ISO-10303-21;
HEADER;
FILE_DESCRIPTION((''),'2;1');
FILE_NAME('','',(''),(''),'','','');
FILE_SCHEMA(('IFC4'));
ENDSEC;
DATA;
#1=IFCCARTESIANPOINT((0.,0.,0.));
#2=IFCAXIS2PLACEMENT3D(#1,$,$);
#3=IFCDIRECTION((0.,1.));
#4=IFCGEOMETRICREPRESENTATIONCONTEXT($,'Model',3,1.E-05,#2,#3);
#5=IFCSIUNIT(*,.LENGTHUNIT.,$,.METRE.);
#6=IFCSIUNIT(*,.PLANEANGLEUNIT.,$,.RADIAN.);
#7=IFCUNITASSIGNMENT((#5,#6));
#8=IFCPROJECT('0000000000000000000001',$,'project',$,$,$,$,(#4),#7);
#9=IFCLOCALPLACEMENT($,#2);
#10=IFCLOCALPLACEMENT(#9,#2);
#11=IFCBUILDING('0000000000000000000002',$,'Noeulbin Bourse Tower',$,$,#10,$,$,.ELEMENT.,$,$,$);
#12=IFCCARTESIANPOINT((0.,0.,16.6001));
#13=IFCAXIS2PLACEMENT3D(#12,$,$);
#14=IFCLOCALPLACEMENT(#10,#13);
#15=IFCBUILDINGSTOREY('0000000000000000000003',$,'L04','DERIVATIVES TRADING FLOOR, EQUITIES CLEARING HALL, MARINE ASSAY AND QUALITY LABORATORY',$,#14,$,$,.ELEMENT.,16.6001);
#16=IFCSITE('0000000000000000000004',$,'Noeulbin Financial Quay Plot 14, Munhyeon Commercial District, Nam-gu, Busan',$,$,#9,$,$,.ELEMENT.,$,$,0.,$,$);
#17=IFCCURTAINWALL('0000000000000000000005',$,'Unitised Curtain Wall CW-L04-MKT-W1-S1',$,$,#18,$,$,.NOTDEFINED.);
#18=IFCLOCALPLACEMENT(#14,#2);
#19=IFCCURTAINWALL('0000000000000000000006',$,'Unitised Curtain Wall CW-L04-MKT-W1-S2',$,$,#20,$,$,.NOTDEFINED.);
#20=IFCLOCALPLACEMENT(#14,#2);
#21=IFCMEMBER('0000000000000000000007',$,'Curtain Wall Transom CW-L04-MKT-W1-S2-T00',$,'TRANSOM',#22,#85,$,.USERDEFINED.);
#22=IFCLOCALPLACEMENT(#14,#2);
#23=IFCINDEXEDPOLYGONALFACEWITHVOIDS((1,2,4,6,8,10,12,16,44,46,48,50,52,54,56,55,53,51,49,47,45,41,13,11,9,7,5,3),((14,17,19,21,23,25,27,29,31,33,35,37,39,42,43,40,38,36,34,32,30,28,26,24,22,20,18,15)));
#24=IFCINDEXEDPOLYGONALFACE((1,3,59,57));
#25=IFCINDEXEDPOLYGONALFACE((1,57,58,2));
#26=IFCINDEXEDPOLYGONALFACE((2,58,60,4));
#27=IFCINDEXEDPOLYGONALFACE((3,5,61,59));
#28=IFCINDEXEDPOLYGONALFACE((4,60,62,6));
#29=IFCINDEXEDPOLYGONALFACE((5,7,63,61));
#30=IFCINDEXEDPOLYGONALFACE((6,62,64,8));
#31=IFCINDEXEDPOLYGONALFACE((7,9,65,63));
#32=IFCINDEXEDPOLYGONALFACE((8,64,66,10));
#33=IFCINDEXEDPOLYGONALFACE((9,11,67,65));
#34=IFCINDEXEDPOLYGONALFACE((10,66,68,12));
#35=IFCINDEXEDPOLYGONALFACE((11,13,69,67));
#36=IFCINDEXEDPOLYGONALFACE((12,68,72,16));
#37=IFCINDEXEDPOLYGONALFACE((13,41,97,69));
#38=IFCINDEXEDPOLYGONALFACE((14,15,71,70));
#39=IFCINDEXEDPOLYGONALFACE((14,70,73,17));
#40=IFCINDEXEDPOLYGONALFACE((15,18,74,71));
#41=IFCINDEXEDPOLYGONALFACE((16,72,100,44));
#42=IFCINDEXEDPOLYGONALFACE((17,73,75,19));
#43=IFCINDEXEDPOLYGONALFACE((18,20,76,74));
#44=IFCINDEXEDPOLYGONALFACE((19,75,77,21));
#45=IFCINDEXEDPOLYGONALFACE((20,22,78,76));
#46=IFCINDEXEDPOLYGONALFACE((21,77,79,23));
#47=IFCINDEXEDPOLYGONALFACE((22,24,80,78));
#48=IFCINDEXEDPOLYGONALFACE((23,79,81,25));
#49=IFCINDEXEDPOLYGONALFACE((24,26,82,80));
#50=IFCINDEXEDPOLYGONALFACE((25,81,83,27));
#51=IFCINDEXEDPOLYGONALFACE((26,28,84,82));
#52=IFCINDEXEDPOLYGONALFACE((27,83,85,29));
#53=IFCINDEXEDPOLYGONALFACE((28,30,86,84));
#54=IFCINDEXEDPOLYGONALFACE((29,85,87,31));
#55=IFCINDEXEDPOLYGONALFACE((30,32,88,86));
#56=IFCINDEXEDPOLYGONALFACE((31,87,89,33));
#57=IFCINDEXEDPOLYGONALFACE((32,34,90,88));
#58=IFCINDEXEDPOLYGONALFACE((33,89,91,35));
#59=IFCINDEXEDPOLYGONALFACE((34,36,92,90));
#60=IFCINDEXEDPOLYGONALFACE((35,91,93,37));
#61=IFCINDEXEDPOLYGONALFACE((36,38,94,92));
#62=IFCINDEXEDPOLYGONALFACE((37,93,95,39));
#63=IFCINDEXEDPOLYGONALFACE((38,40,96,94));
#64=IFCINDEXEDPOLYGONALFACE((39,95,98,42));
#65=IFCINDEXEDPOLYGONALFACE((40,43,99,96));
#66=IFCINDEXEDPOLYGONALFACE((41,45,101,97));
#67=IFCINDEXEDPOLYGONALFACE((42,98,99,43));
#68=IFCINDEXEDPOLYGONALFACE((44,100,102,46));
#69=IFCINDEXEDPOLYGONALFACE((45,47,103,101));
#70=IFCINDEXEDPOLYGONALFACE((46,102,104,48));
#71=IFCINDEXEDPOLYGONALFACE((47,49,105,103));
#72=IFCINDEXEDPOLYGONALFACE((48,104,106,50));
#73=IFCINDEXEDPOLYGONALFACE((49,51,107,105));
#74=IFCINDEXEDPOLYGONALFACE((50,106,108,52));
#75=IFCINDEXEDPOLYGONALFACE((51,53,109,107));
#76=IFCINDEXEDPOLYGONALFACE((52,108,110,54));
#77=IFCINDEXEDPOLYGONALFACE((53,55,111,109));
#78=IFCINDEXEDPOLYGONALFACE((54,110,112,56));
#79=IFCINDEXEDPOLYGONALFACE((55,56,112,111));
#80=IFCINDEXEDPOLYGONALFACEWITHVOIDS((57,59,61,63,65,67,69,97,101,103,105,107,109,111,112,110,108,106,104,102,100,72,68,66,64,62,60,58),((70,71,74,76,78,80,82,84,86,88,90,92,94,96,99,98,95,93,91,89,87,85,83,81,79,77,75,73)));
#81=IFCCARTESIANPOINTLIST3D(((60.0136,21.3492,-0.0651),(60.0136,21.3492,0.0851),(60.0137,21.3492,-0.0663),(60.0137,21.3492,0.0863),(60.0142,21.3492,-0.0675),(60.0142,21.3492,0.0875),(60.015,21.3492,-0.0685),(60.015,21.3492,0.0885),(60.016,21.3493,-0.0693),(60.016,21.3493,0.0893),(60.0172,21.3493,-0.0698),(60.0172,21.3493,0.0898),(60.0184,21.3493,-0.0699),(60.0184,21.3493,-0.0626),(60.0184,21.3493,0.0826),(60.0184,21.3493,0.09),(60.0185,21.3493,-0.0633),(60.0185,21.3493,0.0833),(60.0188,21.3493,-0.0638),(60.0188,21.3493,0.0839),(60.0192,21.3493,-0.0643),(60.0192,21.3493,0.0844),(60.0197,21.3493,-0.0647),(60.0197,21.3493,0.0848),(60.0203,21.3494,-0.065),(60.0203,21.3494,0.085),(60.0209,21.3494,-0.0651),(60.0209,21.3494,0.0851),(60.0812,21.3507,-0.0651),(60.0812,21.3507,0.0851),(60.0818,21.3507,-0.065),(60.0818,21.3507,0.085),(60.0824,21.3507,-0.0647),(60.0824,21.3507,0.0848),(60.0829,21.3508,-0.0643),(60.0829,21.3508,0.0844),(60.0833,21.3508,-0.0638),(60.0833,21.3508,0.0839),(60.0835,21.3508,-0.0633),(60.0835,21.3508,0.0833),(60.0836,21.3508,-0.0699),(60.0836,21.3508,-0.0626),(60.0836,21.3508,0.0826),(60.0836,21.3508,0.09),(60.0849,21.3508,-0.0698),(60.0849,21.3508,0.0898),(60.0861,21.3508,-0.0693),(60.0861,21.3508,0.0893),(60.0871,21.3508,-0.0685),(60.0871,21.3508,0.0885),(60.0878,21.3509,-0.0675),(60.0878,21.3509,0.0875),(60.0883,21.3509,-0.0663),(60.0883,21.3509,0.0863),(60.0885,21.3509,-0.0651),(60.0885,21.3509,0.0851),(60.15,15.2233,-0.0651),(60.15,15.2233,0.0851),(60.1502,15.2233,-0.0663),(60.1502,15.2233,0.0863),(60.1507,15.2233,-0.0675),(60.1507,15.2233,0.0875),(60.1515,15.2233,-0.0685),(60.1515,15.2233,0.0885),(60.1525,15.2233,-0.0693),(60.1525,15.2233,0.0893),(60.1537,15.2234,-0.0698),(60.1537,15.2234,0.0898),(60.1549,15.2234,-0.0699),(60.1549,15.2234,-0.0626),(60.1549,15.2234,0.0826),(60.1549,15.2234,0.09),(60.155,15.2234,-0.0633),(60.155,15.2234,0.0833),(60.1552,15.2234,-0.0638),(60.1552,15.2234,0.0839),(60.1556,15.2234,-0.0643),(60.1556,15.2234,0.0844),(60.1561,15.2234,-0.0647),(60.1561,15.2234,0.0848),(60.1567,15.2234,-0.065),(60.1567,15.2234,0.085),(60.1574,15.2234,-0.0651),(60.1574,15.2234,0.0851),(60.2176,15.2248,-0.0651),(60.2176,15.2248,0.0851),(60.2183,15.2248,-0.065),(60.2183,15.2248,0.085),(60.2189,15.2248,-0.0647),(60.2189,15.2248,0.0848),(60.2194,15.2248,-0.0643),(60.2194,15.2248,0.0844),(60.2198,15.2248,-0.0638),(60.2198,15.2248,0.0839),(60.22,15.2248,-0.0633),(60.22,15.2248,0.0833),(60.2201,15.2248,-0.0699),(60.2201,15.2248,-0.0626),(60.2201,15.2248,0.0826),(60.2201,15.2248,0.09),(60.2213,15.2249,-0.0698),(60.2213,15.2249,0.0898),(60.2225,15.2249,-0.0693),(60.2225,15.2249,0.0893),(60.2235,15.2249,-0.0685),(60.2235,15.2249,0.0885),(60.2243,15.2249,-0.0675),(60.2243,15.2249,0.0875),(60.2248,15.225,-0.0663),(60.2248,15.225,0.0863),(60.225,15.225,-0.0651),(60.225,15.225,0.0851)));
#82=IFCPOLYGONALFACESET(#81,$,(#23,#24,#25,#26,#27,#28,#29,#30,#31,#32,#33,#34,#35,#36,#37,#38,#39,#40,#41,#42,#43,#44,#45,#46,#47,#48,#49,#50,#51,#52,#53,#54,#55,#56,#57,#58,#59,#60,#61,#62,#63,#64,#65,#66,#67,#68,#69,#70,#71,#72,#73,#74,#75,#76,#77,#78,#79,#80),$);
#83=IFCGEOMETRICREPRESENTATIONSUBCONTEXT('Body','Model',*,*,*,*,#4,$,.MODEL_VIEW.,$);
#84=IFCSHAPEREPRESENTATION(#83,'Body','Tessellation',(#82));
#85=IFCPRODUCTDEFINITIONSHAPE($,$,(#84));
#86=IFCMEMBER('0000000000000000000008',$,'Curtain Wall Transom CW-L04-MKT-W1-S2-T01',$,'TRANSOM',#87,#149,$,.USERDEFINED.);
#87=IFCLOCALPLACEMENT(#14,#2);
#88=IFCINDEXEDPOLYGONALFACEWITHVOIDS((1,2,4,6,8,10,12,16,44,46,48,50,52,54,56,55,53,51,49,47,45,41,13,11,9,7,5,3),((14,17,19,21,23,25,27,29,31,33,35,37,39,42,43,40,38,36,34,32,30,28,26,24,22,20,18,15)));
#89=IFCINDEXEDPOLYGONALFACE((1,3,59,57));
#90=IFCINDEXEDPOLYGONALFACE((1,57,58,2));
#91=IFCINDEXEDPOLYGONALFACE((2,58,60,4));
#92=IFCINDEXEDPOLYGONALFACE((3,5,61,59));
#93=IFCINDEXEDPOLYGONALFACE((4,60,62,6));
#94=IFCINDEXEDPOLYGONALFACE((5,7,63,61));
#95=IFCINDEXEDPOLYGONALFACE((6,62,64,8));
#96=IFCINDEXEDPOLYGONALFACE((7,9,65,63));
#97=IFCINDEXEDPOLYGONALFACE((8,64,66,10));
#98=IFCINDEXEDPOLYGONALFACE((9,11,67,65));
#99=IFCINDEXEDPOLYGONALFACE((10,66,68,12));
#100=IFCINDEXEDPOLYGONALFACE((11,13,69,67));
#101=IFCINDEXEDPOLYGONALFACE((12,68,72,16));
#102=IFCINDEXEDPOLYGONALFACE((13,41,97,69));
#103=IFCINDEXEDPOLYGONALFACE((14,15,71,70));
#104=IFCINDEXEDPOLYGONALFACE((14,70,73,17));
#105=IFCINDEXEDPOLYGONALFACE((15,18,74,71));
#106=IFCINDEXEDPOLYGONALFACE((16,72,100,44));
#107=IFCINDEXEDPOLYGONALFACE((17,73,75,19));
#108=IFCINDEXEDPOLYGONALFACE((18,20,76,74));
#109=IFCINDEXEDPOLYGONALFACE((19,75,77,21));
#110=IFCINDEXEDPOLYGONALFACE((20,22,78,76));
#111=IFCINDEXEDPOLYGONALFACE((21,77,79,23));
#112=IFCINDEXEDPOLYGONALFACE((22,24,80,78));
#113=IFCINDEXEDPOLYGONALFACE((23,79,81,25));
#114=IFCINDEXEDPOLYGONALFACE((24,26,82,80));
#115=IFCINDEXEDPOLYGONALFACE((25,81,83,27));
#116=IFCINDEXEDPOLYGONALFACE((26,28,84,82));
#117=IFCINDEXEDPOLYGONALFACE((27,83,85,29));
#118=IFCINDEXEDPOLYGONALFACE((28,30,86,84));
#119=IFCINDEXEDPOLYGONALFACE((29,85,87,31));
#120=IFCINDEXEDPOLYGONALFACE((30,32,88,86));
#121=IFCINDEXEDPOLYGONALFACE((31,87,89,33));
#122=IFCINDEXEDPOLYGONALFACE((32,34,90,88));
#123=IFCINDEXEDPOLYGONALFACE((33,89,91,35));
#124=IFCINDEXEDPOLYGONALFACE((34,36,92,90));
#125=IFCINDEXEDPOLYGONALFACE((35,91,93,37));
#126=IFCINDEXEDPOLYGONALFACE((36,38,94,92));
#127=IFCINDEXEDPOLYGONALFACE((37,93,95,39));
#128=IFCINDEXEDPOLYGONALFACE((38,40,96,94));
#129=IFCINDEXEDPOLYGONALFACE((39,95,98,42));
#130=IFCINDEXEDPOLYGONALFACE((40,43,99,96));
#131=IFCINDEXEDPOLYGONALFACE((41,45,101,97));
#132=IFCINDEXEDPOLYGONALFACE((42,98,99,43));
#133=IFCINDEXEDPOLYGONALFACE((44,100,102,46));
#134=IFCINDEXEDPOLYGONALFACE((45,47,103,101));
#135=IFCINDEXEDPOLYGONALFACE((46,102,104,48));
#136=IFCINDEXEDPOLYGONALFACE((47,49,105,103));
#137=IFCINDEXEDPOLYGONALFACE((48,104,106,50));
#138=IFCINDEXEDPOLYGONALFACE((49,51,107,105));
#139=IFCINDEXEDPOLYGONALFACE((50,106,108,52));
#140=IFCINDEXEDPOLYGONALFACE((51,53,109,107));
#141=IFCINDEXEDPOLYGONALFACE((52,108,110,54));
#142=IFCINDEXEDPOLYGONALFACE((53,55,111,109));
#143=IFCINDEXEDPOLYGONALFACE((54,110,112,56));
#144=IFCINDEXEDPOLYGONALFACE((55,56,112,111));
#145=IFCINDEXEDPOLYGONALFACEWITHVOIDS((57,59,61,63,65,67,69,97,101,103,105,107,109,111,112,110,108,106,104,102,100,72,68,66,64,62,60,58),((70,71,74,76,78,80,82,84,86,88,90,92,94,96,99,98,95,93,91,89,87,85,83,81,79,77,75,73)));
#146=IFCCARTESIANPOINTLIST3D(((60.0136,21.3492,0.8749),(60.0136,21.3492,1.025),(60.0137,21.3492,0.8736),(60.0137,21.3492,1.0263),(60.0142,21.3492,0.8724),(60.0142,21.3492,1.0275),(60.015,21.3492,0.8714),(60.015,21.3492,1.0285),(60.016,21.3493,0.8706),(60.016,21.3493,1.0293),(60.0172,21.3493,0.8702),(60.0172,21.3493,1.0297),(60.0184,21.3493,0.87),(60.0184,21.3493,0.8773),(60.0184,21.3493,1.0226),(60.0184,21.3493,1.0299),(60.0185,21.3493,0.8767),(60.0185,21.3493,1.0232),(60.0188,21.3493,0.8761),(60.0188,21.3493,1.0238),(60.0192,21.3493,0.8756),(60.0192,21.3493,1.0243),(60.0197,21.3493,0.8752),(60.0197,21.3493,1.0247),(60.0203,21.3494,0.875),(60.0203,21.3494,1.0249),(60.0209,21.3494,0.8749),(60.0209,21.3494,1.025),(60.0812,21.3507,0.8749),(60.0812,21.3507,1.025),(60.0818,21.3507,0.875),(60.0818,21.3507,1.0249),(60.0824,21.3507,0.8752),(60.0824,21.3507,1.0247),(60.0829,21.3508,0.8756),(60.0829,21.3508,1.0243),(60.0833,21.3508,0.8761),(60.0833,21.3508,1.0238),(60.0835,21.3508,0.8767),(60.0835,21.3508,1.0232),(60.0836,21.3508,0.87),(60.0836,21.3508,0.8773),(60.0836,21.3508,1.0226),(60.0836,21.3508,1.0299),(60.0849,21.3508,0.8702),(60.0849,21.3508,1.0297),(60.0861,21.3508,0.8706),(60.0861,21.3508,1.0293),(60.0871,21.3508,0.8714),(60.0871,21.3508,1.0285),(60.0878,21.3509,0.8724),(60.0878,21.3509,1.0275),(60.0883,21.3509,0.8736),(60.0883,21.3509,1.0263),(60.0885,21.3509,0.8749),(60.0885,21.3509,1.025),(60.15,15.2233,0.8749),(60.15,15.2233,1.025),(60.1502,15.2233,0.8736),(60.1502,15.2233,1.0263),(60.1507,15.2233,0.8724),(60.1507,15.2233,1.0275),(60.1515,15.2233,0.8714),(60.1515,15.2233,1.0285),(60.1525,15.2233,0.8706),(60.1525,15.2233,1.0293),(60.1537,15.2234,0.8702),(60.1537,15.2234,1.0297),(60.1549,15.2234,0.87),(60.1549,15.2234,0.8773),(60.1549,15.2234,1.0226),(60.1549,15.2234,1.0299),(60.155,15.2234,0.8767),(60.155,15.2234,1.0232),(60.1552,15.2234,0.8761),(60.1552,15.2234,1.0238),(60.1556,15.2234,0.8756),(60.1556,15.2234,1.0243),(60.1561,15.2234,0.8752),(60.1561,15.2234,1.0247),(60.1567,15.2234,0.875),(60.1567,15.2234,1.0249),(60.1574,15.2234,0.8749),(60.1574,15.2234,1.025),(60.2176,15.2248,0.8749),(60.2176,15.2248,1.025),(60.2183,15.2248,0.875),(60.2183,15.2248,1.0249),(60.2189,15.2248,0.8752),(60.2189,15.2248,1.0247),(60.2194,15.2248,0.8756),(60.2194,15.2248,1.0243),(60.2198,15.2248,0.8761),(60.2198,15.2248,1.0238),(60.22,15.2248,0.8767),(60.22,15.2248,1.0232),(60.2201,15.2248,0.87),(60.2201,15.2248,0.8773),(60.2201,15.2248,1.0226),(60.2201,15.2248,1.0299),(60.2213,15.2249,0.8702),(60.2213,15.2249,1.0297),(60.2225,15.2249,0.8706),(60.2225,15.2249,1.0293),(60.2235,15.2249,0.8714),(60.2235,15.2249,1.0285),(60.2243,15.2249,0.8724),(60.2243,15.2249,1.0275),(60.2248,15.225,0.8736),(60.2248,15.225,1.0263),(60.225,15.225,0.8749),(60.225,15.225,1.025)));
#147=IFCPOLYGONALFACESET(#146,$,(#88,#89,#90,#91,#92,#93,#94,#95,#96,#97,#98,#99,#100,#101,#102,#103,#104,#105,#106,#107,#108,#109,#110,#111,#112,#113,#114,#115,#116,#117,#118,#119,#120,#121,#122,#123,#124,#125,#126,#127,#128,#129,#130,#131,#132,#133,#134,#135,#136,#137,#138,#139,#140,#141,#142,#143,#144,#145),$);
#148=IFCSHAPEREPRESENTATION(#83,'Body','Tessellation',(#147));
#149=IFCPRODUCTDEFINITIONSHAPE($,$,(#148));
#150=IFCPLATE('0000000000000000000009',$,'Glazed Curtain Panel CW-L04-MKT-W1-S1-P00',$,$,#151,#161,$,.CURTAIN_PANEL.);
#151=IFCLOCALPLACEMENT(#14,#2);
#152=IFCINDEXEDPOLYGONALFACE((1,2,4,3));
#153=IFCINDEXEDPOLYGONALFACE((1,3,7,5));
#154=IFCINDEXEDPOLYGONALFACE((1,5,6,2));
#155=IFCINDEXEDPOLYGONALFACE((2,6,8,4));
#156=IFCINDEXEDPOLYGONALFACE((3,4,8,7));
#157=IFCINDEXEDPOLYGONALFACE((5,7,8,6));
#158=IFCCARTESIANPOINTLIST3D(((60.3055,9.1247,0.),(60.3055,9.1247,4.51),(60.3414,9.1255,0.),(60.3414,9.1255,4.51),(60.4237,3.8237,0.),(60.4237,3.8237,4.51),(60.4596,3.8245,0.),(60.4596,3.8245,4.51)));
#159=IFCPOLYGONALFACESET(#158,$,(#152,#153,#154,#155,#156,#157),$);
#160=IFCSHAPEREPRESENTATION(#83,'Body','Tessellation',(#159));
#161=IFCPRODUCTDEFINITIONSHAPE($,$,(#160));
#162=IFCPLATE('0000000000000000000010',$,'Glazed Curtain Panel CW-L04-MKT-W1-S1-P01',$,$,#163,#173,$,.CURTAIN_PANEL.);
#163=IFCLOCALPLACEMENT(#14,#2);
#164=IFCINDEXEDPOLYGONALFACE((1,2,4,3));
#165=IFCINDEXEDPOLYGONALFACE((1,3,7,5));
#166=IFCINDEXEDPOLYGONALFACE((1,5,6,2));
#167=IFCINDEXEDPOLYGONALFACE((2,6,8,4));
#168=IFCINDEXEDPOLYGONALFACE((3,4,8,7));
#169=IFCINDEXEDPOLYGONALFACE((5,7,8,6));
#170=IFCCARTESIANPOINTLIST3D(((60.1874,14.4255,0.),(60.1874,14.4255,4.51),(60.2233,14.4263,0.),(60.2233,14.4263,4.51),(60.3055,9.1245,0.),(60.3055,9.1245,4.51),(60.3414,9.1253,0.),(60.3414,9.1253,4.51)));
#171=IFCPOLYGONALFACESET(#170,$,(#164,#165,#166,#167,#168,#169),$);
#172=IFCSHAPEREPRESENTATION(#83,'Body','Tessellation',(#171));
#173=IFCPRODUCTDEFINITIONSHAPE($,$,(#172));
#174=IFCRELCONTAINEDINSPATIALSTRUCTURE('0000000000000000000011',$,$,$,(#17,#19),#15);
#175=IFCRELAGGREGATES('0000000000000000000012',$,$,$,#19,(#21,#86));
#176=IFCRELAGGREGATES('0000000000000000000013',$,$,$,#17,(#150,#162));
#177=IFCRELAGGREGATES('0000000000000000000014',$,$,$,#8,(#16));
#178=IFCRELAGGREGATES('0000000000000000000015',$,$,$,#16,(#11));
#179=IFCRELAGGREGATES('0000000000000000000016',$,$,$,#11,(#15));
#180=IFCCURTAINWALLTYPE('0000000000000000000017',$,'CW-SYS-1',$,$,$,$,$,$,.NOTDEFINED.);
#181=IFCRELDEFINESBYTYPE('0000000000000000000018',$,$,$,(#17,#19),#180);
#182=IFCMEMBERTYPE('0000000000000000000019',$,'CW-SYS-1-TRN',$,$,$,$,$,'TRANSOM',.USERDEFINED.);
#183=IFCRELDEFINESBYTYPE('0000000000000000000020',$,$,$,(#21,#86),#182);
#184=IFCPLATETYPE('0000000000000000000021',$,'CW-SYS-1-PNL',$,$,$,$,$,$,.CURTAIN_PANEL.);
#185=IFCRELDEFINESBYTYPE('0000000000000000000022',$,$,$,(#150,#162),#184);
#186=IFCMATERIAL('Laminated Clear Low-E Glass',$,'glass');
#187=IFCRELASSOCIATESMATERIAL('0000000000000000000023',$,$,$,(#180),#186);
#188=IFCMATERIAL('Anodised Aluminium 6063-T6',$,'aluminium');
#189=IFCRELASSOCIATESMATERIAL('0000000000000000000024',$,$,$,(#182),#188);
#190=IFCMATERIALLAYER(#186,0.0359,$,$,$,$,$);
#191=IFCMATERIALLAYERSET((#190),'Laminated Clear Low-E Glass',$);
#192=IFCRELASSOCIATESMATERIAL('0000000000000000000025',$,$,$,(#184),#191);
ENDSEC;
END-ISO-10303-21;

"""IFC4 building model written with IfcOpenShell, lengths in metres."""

from ifc_helpers import new_model, si_unit, direction, frame, origin, origin_2d, place, context, subcontext, project, spatial, rectangle, hollow_rectangle, extrude, material, layer, layer_set, material_profile, profile_set, type_object, element, aggregate, save


model = new_model("IFC4")

# Units and contexts
model_context = context("Model", 3, precision=1e-05, world=origin(), true_north=direction((0.0, 1.0)))
body_context = subcontext(model_context, "Body", "Model", "MODEL_VIEW")
ifc_project = project(units=[si_unit("LENGTHUNIT", "METRE"), si_unit("PLANEANGLEUNIT", "RADIAN")], contexts=[model_context])

# Site, building, storey
site_placement = place(None, origin())
site = spatial("IfcSite", under=ifc_project, at=site_placement, Name="Noeulbin Financial Quay Plot 14, Munhyeon Commercial District, Nam-gu, Busan", CompositionType="ELEMENT", RefElevation=0.0)
building_placement = place(site_placement, origin())
building = spatial("IfcBuilding", under=site, at=building_placement, Name="Noeulbin Bourse Tower", CompositionType="ELEMENT")
storey_placement = place(building_placement, frame((0.0, 0.0, 16.6001)))
storey = spatial("IfcBuildingStorey", under=building, at=storey_placement, Name="L04", Description="DERIVATIVES TRADING FLOOR, EQUITIES CLEARING HALL, MARINE ASSAY AND QUALITY LABORATORY", CompositionType="ELEMENT", Elevation=16.6001)

# Curtain wall
ifc_material_1 = material(Name="Laminated Clear Low-E Glass", Category="glass")
curtain_wall_type = type_object("IfcCurtainWallType", Name="CW-SYS-1", PredefinedType="NOTDEFINED", material=ifc_material_1)
curtain_wall_1_placement = place(storey_placement, origin())
curtain_wall_1 = element("IfcCurtainWall", 1, at=curtain_wall_1_placement, inside=storey, type_object=curtain_wall_type, Name="Unitised Curtain Wall CW-L04-MKT-W1-S1", PredefinedType="NOTDEFINED")
ifc_material_2 = material(Name="Anodised Aluminium 6063-T6", Category="aluminium")

# Curtain wall
curtain_wall_2_placement = place(storey_placement, origin())
curtain_wall_2 = element("IfcCurtainWall", 2, at=curtain_wall_2_placement, inside=storey, type_object=curtain_wall_type, Name="Unitised Curtain Wall CW-L04-MKT-W1-S2", PredefinedType="NOTDEFINED")

# Members
ifc_material_profile_1 = material_profile(ifc_material_2, hollow_rectangle(XDim=0.075, YDim=0.1599, WallThickness=0.0049, InnerFilletRadius=0.0024, OuterFilletRadius=0.0049, at=origin_2d()), Name="ALU-TRAN-75x160x5", Category="LoadBearing")
ifc_profile_set_1 = profile_set([ifc_material_profile_1], Name="Anodised Aluminium 6063-T6")
member_type_1 = type_object("IfcMemberType", Name="CW-SYS-1-TRN", ElementType="TRANSOM", PredefinedType="USERDEFINED", material=ifc_profile_set_1)
member_1_placement = place(storey_placement, frame((60.1875, 15.2241, 0.01), z_axis=(-0.022272, 0.999752, 0.0), x_axis=(-0.999752, -0.022272, 0.0)))
member_1 = element("IfcMember", 3, at=member_1_placement, type_object=member_type_1, Name="Curtain Wall Transom CW-L04-MKT-W1-S2-T00", ObjectType="TRANSOM", PredefinedType="USERDEFINED", context=body_context, shape_type="SweptSolid", body=[
    extrude(hollow_rectangle(XDim=0.075, YDim=0.1599, WallThickness=0.0049, InnerFilletRadius=0.0024, OuterFilletRadius=0.0049, at=origin_2d()), origin(), (0.0, 0.0, 1.0), 6.1274),
])
member_2_placement = place(storey_placement, frame((60.1875, 15.2241, 0.95), z_axis=(-0.022272, 0.999752, 0.0), x_axis=(-0.999752, -0.022272, 0.0)))
member_2 = element("IfcMember", 4, at=member_2_placement, type_object=member_type_1, Name="Curtain Wall Transom CW-L04-MKT-W1-S2-T01", ObjectType="TRANSOM", PredefinedType="USERDEFINED", context=body_context, shape_type="SweptSolid", body=[
    extrude(hollow_rectangle(XDim=0.075, YDim=0.1599, WallThickness=0.0049, InnerFilletRadius=0.0024, OuterFilletRadius=0.0049, at=origin_2d()), origin(), (0.0, 0.0, 1.0), 6.1274),
])
aggregate(curtain_wall_2, [member_1, member_2])

# Plates
ifc_layer_1 = layer(ifc_material_1, 0.0359)
ifc_layer_set_1 = layer_set([ifc_layer_1], Name="Laminated Clear Low-E Glass")
plate_type = type_object("IfcPlateType", Name="CW-SYS-1-PNL", PredefinedType="CURTAIN_PANEL", material=ifc_layer_set_1)
plate_1_placement = place(storey_placement, frame((60.3826, 6.4746, 0.0), z_axis=(0.0, 0.0, 1.0), x_axis=(-0.022286, 0.999752, 0.0)))
plate_1 = element("IfcPlate", 5, at=plate_1_placement, type_object=plate_type, Name="Glazed Curtain Panel CW-L04-MKT-W1-S1-P00", PredefinedType="CURTAIN_PANEL", context=body_context, shape_type="SweptSolid", body=[
    extrude(rectangle(XDim=5.3022, YDim=0.0359, at=origin_2d()), origin(), (0.0, 0.0, 1.0), 4.51),
])
plate_2_placement = place(storey_placement, frame((60.2644, 11.7754, 0.0), z_axis=(0.0, 0.0, 1.0), x_axis=(-0.022286, 0.999752, 0.0)))
plate_2 = element("IfcPlate", 6, at=plate_2_placement, type_object=plate_type, Name="Glazed Curtain Panel CW-L04-MKT-W1-S1-P01", PredefinedType="CURTAIN_PANEL", context=body_context, shape_type="SweptSolid", body=[
    extrude(rectangle(XDim=5.3022, YDim=0.0359, at=origin_2d()), origin(), (0.0, 0.0, 1.0), 4.51),
])
aggregate(curtain_wall_1, [plate_1, plate_2])

save(model, "model.ifc")
